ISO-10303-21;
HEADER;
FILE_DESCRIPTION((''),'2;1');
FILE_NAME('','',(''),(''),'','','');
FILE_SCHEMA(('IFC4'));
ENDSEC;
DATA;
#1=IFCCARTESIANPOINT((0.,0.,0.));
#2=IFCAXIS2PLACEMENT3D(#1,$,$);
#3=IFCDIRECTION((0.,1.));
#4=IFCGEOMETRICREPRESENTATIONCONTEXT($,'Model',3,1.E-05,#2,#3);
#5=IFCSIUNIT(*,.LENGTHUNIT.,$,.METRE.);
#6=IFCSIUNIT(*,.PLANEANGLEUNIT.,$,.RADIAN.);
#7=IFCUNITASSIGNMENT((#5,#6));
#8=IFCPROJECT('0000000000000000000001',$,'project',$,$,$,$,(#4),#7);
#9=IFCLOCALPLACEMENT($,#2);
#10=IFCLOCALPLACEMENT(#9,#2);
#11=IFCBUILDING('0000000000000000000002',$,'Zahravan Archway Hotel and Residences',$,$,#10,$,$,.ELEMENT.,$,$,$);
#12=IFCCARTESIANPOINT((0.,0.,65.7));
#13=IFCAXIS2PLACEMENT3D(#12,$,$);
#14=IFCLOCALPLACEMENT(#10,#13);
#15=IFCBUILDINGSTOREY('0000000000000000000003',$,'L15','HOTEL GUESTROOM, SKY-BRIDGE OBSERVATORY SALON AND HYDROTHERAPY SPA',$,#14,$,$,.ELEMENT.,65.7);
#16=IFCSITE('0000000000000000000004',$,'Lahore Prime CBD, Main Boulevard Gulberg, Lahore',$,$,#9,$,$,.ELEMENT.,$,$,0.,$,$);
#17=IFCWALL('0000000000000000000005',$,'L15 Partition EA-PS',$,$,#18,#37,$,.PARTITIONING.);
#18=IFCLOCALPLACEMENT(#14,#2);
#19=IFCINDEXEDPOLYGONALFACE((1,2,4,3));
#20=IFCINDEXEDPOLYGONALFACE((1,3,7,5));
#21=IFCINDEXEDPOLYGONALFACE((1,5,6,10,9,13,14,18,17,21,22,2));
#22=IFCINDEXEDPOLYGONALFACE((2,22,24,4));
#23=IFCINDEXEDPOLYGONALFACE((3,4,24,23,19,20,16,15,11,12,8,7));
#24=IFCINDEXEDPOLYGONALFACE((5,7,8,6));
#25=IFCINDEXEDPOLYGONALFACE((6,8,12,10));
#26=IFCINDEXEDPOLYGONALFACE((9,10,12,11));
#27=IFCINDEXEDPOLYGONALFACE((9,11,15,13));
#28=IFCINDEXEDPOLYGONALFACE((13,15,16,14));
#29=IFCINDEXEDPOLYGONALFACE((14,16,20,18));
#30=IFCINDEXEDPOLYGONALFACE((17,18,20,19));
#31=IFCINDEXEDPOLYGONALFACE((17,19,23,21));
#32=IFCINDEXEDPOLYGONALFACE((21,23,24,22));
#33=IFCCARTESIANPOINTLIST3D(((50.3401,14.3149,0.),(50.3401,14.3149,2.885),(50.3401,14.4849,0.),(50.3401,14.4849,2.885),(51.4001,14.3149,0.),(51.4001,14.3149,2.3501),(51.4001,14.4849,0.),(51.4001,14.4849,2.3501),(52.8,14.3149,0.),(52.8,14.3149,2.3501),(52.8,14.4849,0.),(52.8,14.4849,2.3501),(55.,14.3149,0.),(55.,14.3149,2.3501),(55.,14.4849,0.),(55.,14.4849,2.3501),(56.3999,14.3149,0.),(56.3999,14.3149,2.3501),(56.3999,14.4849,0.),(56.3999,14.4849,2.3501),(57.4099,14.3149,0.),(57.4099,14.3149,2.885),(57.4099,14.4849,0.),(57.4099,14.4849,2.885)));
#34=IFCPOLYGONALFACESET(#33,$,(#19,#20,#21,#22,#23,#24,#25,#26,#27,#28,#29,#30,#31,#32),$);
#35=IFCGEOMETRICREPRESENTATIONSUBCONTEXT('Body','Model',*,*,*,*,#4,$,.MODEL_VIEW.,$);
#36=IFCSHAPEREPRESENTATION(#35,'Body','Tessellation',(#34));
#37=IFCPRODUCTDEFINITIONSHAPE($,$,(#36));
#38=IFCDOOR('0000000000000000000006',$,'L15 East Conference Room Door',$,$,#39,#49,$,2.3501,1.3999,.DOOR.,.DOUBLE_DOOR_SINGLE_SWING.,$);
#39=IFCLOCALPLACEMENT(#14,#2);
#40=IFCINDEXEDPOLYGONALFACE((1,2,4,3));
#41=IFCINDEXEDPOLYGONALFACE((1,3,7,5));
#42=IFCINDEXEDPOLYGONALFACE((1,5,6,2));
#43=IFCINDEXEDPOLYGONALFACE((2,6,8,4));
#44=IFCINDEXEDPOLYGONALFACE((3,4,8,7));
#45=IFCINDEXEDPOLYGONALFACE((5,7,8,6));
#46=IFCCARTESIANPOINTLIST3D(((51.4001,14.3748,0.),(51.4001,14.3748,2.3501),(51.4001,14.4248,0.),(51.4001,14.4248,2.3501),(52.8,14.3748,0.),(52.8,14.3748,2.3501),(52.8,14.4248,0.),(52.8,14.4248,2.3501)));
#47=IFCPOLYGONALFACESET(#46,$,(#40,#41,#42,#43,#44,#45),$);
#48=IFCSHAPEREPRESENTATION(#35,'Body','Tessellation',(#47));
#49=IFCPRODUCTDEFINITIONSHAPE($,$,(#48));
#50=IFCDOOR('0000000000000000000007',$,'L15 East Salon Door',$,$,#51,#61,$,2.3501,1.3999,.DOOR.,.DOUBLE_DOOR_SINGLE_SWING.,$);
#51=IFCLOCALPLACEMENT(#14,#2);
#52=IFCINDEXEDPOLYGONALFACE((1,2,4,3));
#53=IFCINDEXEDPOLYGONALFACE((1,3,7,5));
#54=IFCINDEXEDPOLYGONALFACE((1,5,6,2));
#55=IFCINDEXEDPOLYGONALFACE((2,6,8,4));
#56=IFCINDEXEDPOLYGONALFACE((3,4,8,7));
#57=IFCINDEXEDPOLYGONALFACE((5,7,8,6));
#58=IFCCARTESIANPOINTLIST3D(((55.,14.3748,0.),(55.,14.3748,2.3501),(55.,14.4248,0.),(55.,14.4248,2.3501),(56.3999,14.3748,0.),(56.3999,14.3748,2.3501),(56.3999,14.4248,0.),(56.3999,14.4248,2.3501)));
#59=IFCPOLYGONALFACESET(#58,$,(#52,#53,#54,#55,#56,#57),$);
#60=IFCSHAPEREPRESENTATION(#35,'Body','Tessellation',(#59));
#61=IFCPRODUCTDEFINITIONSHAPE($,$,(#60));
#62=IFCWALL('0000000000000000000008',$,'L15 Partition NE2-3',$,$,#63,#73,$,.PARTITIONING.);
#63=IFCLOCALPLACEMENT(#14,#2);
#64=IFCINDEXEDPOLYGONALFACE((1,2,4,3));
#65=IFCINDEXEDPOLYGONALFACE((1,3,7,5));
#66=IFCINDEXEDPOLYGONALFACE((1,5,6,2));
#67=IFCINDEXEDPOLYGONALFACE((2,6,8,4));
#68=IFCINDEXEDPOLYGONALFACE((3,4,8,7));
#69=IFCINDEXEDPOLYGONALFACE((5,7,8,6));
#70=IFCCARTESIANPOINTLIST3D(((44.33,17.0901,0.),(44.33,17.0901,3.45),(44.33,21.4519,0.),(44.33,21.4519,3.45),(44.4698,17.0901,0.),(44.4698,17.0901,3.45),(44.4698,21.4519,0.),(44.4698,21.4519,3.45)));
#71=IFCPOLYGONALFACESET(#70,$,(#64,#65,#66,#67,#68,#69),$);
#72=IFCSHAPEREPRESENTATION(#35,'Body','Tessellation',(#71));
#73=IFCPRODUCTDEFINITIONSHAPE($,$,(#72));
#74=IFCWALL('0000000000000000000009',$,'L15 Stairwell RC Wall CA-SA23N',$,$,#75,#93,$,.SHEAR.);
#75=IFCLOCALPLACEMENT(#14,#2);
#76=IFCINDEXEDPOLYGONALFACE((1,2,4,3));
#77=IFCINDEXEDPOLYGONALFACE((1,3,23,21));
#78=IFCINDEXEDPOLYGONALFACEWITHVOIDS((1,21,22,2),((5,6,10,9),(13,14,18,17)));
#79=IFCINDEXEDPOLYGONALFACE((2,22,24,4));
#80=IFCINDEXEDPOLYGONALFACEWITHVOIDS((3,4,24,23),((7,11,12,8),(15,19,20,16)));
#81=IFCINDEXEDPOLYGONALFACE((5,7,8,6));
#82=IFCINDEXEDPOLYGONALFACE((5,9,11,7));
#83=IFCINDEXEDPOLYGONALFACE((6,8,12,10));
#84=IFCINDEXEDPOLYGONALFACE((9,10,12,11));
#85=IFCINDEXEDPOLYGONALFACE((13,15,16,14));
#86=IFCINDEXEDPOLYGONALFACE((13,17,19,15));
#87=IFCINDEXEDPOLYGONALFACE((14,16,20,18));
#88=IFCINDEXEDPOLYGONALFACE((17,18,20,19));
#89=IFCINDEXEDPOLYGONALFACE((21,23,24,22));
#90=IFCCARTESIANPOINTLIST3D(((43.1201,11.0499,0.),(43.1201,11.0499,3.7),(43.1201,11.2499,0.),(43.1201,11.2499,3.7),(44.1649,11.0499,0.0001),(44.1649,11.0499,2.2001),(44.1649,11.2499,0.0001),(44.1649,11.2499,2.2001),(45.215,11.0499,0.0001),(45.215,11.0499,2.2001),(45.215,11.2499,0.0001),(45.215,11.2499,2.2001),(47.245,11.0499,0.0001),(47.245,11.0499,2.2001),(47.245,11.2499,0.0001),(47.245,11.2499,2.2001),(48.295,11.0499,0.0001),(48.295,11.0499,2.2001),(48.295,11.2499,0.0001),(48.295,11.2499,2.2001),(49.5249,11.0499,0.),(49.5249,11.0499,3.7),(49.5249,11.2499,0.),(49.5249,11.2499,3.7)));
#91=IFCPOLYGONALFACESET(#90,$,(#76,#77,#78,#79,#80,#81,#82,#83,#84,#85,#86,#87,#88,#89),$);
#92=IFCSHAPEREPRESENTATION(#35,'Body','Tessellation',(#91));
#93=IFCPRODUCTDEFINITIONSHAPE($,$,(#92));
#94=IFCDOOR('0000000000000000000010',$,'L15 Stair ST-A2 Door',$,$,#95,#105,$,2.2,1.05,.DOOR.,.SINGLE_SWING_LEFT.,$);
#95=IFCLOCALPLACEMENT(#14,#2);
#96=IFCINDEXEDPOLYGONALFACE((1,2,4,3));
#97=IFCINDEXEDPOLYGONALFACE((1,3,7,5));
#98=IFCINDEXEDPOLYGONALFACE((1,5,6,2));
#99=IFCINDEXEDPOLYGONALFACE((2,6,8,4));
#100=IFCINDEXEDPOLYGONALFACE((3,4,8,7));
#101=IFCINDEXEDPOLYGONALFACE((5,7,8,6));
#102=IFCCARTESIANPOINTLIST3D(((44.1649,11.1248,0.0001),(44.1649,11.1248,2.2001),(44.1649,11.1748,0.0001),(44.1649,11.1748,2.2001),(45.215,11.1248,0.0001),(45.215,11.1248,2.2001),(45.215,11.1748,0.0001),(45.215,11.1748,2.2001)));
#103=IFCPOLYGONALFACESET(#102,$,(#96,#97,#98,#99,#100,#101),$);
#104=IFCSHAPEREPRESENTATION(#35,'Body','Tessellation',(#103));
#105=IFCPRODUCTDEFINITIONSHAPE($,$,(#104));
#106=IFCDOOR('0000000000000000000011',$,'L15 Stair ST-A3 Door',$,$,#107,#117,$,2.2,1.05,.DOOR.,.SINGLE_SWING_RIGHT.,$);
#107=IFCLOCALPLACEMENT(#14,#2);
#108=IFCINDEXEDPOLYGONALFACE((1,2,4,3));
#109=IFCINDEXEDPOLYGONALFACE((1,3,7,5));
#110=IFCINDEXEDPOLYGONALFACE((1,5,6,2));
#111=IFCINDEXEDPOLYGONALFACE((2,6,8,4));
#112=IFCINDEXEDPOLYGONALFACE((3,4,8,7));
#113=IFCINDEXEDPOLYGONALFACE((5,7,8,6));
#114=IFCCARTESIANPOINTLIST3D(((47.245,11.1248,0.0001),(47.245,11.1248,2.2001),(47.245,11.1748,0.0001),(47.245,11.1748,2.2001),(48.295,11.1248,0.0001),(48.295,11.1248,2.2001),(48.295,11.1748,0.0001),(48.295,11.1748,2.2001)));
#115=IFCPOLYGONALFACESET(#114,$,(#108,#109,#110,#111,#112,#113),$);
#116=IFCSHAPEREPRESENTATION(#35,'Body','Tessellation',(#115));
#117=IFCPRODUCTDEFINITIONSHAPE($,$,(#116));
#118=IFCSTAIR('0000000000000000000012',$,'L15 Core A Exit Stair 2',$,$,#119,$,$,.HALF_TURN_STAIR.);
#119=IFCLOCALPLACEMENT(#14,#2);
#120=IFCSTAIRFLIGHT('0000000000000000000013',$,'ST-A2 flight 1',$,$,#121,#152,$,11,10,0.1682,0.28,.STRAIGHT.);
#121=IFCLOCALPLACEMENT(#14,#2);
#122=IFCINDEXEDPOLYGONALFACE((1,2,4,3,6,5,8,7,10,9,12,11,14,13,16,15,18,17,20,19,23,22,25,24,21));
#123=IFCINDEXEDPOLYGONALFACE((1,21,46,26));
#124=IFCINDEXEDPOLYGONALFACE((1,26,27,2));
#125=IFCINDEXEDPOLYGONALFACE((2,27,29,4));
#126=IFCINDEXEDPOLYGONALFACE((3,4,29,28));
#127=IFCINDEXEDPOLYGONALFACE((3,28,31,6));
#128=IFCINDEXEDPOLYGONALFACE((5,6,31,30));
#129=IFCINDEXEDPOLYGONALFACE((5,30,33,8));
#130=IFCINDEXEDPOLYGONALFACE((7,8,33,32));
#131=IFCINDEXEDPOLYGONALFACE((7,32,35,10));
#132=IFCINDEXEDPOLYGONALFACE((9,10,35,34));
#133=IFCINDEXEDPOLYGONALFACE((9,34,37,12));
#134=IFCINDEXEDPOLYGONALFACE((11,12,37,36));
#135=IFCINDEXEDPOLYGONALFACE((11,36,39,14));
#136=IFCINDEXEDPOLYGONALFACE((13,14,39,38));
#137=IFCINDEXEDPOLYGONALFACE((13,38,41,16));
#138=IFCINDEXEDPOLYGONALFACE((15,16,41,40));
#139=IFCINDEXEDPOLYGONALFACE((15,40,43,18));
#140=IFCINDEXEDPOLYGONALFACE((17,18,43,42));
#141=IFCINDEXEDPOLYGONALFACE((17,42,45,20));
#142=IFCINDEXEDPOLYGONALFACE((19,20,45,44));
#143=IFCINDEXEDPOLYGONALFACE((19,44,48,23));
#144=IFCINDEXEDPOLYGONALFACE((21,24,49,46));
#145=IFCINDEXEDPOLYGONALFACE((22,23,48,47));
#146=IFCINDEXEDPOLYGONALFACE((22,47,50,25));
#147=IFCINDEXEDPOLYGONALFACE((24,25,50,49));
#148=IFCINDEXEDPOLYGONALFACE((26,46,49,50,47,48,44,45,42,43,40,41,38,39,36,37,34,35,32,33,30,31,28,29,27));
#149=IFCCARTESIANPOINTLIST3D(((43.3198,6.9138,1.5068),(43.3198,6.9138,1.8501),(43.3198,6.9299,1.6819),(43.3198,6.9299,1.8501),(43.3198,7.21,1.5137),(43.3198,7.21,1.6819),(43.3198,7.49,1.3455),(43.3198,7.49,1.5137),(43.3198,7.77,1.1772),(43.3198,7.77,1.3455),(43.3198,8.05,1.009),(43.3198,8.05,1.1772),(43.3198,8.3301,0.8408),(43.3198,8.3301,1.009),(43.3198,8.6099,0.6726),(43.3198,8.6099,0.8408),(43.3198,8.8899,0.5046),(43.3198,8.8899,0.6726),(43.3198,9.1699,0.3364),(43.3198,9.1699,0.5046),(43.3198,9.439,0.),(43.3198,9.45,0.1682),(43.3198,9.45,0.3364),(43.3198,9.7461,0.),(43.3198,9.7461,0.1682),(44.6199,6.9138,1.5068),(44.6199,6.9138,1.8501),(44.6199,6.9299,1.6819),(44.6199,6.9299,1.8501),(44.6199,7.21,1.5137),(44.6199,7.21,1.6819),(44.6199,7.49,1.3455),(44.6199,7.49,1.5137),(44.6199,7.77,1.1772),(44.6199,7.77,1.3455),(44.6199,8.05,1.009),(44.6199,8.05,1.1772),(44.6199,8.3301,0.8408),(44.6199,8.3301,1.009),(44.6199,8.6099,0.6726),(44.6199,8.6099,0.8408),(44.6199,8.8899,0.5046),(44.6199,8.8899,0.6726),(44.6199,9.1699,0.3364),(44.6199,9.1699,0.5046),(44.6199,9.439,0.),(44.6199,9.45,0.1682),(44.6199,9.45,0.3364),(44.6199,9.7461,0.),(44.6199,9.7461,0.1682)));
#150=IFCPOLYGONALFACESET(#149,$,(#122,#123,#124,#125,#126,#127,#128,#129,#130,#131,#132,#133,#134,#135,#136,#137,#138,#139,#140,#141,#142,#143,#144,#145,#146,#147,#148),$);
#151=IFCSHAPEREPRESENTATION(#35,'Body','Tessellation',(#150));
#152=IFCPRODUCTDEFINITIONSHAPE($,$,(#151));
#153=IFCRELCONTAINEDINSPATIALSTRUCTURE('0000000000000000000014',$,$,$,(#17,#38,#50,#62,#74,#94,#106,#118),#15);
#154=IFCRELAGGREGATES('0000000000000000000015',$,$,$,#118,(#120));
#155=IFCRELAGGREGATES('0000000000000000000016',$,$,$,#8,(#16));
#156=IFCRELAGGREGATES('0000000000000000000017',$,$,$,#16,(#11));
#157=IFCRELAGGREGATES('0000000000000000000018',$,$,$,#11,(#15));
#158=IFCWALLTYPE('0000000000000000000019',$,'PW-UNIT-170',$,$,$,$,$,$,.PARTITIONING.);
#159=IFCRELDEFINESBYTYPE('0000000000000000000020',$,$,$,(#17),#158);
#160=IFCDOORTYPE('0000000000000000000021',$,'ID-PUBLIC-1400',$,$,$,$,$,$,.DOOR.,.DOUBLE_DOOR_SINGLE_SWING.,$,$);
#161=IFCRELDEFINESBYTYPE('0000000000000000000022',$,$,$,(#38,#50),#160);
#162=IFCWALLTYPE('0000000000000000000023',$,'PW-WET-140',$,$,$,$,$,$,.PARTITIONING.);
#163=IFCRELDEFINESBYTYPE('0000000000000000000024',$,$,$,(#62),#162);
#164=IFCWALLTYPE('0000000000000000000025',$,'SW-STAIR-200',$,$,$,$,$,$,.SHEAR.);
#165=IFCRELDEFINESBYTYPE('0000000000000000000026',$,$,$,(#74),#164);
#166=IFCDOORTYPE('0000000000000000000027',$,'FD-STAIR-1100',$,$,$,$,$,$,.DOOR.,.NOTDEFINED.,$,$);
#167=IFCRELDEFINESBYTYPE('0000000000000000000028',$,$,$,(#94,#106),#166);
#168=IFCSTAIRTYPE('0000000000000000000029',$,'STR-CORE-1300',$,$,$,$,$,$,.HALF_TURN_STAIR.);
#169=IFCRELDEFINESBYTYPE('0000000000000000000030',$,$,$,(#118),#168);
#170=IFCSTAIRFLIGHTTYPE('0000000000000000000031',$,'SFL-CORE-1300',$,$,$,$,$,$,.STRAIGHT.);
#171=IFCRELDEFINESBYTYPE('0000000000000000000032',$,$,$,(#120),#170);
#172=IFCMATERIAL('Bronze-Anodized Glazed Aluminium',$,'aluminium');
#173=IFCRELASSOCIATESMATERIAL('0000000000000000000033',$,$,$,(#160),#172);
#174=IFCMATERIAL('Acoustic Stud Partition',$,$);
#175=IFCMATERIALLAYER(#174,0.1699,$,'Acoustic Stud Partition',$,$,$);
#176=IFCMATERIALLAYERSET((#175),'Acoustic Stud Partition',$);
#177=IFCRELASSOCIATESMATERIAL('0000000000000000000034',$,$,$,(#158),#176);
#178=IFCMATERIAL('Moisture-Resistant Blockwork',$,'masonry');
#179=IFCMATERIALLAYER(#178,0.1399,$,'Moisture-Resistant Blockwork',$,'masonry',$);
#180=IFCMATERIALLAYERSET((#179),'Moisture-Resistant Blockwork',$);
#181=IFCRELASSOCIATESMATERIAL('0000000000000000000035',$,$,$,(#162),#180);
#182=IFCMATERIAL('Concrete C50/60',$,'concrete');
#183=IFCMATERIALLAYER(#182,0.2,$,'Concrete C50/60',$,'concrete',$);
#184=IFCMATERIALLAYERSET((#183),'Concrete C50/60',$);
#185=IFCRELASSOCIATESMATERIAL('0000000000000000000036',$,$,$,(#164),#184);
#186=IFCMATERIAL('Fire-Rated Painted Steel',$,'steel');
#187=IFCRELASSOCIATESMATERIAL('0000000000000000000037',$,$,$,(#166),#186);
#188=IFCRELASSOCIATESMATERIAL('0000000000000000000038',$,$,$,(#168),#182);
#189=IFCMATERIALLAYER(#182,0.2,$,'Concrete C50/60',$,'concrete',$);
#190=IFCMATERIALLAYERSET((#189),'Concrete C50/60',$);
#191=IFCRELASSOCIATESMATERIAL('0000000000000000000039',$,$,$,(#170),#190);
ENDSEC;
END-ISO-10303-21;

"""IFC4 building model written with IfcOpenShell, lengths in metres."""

from ifc_helpers import new_model, si_unit, direction, frame, frame_2d, origin, place, context, subcontext, project, spatial, polyline, rectangle, outline, extrude, source, transform, mapped, material, layer, layer_set, type_object, type_shapes, element, fill, aggregate, save


model = new_model("IFC4")

# Units and contexts
model_context = context("Model", 3, precision=1e-05, world=origin(), true_north=direction((0.0, 1.0)))
body_context = subcontext(model_context, "Body", "Model", "MODEL_VIEW")
ifc_project = project(units=[si_unit("LENGTHUNIT", "METRE"), si_unit("PLANEANGLEUNIT", "RADIAN")], contexts=[model_context])

# Site, building, storey
site_placement = place(None, origin())
site = spatial("IfcSite", under=ifc_project, at=site_placement, Name="Lahore Prime CBD, Main Boulevard Gulberg, Lahore", CompositionType="ELEMENT", RefElevation=0.0)
building_placement = place(site_placement, origin())
building = spatial("IfcBuilding", under=site, at=building_placement, Name="Zahravan Archway Hotel and Residences", CompositionType="ELEMENT")
storey_placement = place(building_placement, frame((0.0, 0.0, 65.7)))
storey = spatial("IfcBuildingStorey", under=building, at=storey_placement, Name="L15", Description="HOTEL GUESTROOM, SKY-BRIDGE OBSERVATORY SALON AND HYDROTHERAPY SPA", CompositionType="ELEMENT", Elevation=65.7)

# Shared definitions
ifc_material_1 = material(Name="Fire-Rated Painted Steel", Category="steel")
ifc_material_2 = material(Name="Bronze-Anodized Glazed Aluminium", Category="aluminium")
door_type_1 = type_object("IfcDoorType", Name="ID-PUBLIC-1400", OperationType="DOUBLE_DOOR_SINGLE_SWING", PredefinedType="DOOR", material=ifc_material_2)
shared_shape_1 = source(origin(), body_context, "Body", "SweptSolid", [
    extrude(rectangle(XDim=1.3999, YDim=2.3501, at=frame_2d((0.7, 1.175))), frame((0.0, 0.0249, 0.0), z_axis=(0.0, -1.0, 0.0), x_axis=(1.0, 0.0, 0.0)), (0.0, 0.0, 1.0), 0.05),
])
type_shapes(door_type_1, [shared_shape_1])

# Wall, openings, doors
ifc_material_3 = material(Name="Acoustic Stud Partition")
ifc_layer_1 = layer(ifc_material_3, 0.1699, Name="Acoustic Stud Partition")
ifc_layer_set_1 = layer_set([ifc_layer_1], Name="Acoustic Stud Partition")
wall_type_1 = type_object("IfcWallType", Name="PW-UNIT-170", PredefinedType="PARTITIONING", material=ifc_layer_set_1)
wall_1_placement = place(storey_placement, frame((50.3401, 14.3999, 0.0), z_axis=(0.0, 0.0, 1.0), x_axis=(1.0, 0.0, 0.0)))
wall_1 = element("IfcWall", 1, at=wall_1_placement, inside=storey, type_object=wall_type_1, Name="L15 Partition EA-PS", PredefinedType="PARTITIONING", context=body_context, shape_type="SweptSolid", body=[
    extrude(rectangle(XDim=7.0698, YDim=0.1699, at=frame_2d((3.5349, 0.0))), origin(), (0.0, 0.0, 1.0), 2.885),
])
opening_1_placement = place(wall_1_placement, frame((1.0601, 0.0, 0.0)))
opening_1 = element("IfcOpeningElement", 2, at=opening_1_placement, cuts=wall_1, PredefinedType="OPENING", context=body_context, shape_type="SweptSolid", body=[
    extrude(rectangle(XDim=1.3999, YDim=2.3501, at=frame_2d((0.7, 1.175))), frame((0.0, 0.095, 0.0), z_axis=(0.0, -1.0, 0.0), x_axis=(1.0, 0.0, 0.0)), (0.0, 0.0, 1.0), 0.1899),
])
opening_2_placement = place(wall_1_placement, frame((4.6599, 0.0, 0.0)))
opening_2 = element("IfcOpeningElement", 3, at=opening_2_placement, cuts=wall_1, PredefinedType="OPENING", context=body_context, shape_type="SweptSolid", body=[
    extrude(rectangle(XDim=1.3999, YDim=2.3501, at=frame_2d((0.7, 1.175))), frame((0.0, 0.095, 0.0), z_axis=(0.0, -1.0, 0.0), x_axis=(1.0, 0.0, 0.0)), (0.0, 0.0, 1.0), 0.1899),
])
door_1_placement = place(opening_1_placement, origin())
door_1 = element("IfcDoor", 4, at=door_1_placement, inside=storey, type_object=door_type_1, Name="L15 East Conference Room Door", OperationType="DOUBLE_DOOR_SINGLE_SWING", OverallHeight=2.3501, OverallWidth=1.3999, PredefinedType="DOOR", context=body_context, shape_type="MappedRepresentation", body=[
    mapped(shared_shape_1, transform((0.0, 0.0, 0.0), scale=1.0)),
])
fill(opening_1, door_1)
door_2_placement = place(opening_2_placement, origin())
door_2 = element("IfcDoor", 5, at=door_2_placement, inside=storey, type_object=door_type_1, Name="L15 East Salon Door", OperationType="DOUBLE_DOOR_SINGLE_SWING", OverallHeight=2.3501, OverallWidth=1.3999, PredefinedType="DOOR", context=body_context, shape_type="MappedRepresentation", body=[
    mapped(shared_shape_1, transform((0.0, 0.0, 0.0), scale=1.0)),
])
fill(opening_2, door_2)

# Wall
ifc_material_4 = material(Name="Moisture-Resistant Blockwork", Category="masonry")
ifc_layer_2 = layer(ifc_material_4, 0.1399, Name="Moisture-Resistant Blockwork", Category="masonry")
ifc_layer_set_2 = layer_set([ifc_layer_2], Name="Moisture-Resistant Blockwork")
wall_type_2 = type_object("IfcWallType", Name="PW-WET-140", PredefinedType="PARTITIONING", material=ifc_layer_set_2)
wall_2_placement = place(storey_placement, frame((44.3999, 17.0901, 0.0), z_axis=(0.0, 0.0, 1.0), x_axis=(0.0, 1.0, 0.0)))
element("IfcWall", 6, at=wall_2_placement, inside=storey, type_object=wall_type_2, Name="L15 Partition NE2-3", PredefinedType="PARTITIONING", context=body_context, shape_type="SweptSolid", body=[
    extrude(rectangle(XDim=4.3618, YDim=0.1399, at=frame_2d((2.1809, 0.0))), origin(), (0.0, 0.0, 1.0), 3.45),
])

# Wall, openings, doors
ifc_material_5 = material(Name="Concrete C50/60", Category="concrete")
ifc_layer_3 = layer(ifc_material_5, 0.2, Name="Concrete C50/60", Category="concrete")
ifc_layer_set_3 = layer_set([ifc_layer_3], Name="Concrete C50/60")
wall_type_3 = type_object("IfcWallType", Name="SW-STAIR-200", PredefinedType="SHEAR", material=ifc_layer_set_3)
wall_3_placement = place(storey_placement, frame((43.1201, 11.1499, 0.0), z_axis=(0.0, 0.0, 1.0), x_axis=(1.0, 0.0, 0.0)))
wall_3 = element("IfcWall", 7, at=wall_3_placement, inside=storey, type_object=wall_type_3, Name="L15 Stairwell RC Wall CA-SA23N", PredefinedType="SHEAR", context=body_context, shape_type="SweptSolid", body=[
    extrude(rectangle(XDim=6.4048, YDim=0.2, at=frame_2d((3.2024, 0.0))), origin(), (0.0, 0.0, 1.0), 3.7),
])
opening_3_placement = place(wall_3_placement, frame((1.0449, 0.0, 0.0)))
opening_3 = element("IfcOpeningElement", 8, at=opening_3_placement, cuts=wall_3, PredefinedType="OPENING", context=body_context, shape_type="SweptSolid", body=[
    extrude(rectangle(XDim=1.05, YDim=2.2, at=frame_2d((0.5249, 1.1001))), frame((0.0, 0.1099, 0.0), z_axis=(0.0, -1.0, 0.0), x_axis=(1.0, 0.0, 0.0)), (0.0, 0.0, 1.0), 0.22),
])
opening_4_placement = place(wall_3_placement, frame((4.125, 0.0, 0.0)))
opening_4 = element("IfcOpeningElement", 9, at=opening_4_placement, cuts=wall_3, PredefinedType="OPENING", context=body_context, shape_type="SweptSolid", body=[
    extrude(rectangle(XDim=1.05, YDim=2.2, at=frame_2d((0.5249, 1.1001))), frame((0.0, 0.1099, 0.0), z_axis=(0.0, -1.0, 0.0), x_axis=(1.0, 0.0, 0.0)), (0.0, 0.0, 1.0), 0.22),
])
door_type_2 = type_object("IfcDoorType", Name="FD-STAIR-1100", OperationType="NOTDEFINED", PredefinedType="DOOR", material=ifc_material_1)
shared_shape_2 = source(origin(), body_context, "Body", "SweptSolid", [
    extrude(rectangle(XDim=1.05, YDim=2.2, at=frame_2d((0.5249, 1.1001))), frame((0.0, 0.0249, 0.0), z_axis=(0.0, -1.0, 0.0), x_axis=(1.0, 0.0, 0.0)), (0.0, 0.0, 1.0), 0.05),
])
type_shapes(door_type_2, [shared_shape_2])
door_3_placement = place(opening_3_placement, origin())
door_3 = element("IfcDoor", 10, at=door_3_placement, inside=storey, type_object=door_type_2, Name="L15 Stair ST-A2 Door", OperationType="SINGLE_SWING_LEFT", OverallHeight=2.2, OverallWidth=1.05, PredefinedType="DOOR", context=body_context, shape_type="MappedRepresentation", body=[
    mapped(shared_shape_2, transform((0.0, 0.0, 0.0), scale=1.0)),
])
fill(opening_3, door_3)
door_4_placement = place(opening_4_placement, origin())
door_4 = element("IfcDoor", 11, at=door_4_placement, inside=storey, type_object=door_type_2, Name="L15 Stair ST-A3 Door", OperationType="SINGLE_SWING_RIGHT", OverallHeight=2.2, OverallWidth=1.05, PredefinedType="DOOR", context=body_context, shape_type="MappedRepresentation", body=[
    mapped(shared_shape_2, transform((0.0, 0.0, 0.0), scale=1.0)),
])
fill(opening_4, door_4)

# Stair, stair flight
stair_type = type_object("IfcStairType", Name="STR-CORE-1300", PredefinedType="HALF_TURN_STAIR", material=ifc_material_5)
stair_1_placement = place(storey_placement, origin())
stair_1 = element("IfcStair", 12, at=stair_1_placement, inside=storey, type_object=stair_type, Name="L15 Core A Exit Stair 2", PredefinedType="HALF_TURN_STAIR")
ifc_layer_4 = layer(ifc_material_5, 0.2, Name="Concrete C50/60", Category="concrete")
ifc_layer_set_4 = layer_set([ifc_layer_4], Name="Concrete C50/60")
stair_flight_type = type_object("IfcStairFlightType", Name="SFL-CORE-1300", PredefinedType="STRAIGHT", material=ifc_layer_set_4)
shared_shape_3 = source(origin(), body_context, "Body", "SweptSolid", [
    extrude(outline(polyline([(-0.0161, 0.0), (-0.0161, 0.1682), (0.28, 0.1682), (0.28, 0.3364), (0.5601, 0.3364), (0.5601, 0.5046), (0.8401, 0.5046), (0.8401, 0.6726), (1.1201, 0.6726), (1.1201, 0.8408), (1.3999, 0.8408), (1.3999, 1.009), (1.6799, 1.009), (1.6799, 1.1772), (1.96, 1.1772), (1.96, 1.3455), (2.24, 1.3455), (2.24, 1.5137), (2.52, 1.5137), (2.52, 1.6819), (2.8, 1.6819), (2.8, 1.8501), (2.8162, 1.8501), (2.8162, 1.5068), (0.291, 0.0), (-0.0161, 0.0)])), frame((0.0, 0.6499, 0.0), z_axis=(0.0, -1.0, 0.0), x_axis=(1.0, 0.0, 0.0)), (0.0, 0.0, 1.0), 1.3),
])
stair_flight_1_placement = place(storey_placement, frame((43.97, 9.73, 0.0), z_axis=(0.0, 0.0, 1.0), x_axis=(0.0, -1.0, 0.0)))
stair_flight_1 = element("IfcStairFlight", 13, at=stair_flight_1_placement, type_object=stair_flight_type, Name="ST-A2 flight 1", NumberOfRisers=11, NumberOfTreads=10, PredefinedType="STRAIGHT", RiserHeight=0.1682, TreadLength=0.28, context=body_context, shape_type="MappedRepresentation", body=[
    mapped(shared_shape_3, transform((0.0, 0.0, 0.0), scale=1.0)),
])
aggregate(stair_1, [stair_flight_1])

save(model, "model.ifc")
